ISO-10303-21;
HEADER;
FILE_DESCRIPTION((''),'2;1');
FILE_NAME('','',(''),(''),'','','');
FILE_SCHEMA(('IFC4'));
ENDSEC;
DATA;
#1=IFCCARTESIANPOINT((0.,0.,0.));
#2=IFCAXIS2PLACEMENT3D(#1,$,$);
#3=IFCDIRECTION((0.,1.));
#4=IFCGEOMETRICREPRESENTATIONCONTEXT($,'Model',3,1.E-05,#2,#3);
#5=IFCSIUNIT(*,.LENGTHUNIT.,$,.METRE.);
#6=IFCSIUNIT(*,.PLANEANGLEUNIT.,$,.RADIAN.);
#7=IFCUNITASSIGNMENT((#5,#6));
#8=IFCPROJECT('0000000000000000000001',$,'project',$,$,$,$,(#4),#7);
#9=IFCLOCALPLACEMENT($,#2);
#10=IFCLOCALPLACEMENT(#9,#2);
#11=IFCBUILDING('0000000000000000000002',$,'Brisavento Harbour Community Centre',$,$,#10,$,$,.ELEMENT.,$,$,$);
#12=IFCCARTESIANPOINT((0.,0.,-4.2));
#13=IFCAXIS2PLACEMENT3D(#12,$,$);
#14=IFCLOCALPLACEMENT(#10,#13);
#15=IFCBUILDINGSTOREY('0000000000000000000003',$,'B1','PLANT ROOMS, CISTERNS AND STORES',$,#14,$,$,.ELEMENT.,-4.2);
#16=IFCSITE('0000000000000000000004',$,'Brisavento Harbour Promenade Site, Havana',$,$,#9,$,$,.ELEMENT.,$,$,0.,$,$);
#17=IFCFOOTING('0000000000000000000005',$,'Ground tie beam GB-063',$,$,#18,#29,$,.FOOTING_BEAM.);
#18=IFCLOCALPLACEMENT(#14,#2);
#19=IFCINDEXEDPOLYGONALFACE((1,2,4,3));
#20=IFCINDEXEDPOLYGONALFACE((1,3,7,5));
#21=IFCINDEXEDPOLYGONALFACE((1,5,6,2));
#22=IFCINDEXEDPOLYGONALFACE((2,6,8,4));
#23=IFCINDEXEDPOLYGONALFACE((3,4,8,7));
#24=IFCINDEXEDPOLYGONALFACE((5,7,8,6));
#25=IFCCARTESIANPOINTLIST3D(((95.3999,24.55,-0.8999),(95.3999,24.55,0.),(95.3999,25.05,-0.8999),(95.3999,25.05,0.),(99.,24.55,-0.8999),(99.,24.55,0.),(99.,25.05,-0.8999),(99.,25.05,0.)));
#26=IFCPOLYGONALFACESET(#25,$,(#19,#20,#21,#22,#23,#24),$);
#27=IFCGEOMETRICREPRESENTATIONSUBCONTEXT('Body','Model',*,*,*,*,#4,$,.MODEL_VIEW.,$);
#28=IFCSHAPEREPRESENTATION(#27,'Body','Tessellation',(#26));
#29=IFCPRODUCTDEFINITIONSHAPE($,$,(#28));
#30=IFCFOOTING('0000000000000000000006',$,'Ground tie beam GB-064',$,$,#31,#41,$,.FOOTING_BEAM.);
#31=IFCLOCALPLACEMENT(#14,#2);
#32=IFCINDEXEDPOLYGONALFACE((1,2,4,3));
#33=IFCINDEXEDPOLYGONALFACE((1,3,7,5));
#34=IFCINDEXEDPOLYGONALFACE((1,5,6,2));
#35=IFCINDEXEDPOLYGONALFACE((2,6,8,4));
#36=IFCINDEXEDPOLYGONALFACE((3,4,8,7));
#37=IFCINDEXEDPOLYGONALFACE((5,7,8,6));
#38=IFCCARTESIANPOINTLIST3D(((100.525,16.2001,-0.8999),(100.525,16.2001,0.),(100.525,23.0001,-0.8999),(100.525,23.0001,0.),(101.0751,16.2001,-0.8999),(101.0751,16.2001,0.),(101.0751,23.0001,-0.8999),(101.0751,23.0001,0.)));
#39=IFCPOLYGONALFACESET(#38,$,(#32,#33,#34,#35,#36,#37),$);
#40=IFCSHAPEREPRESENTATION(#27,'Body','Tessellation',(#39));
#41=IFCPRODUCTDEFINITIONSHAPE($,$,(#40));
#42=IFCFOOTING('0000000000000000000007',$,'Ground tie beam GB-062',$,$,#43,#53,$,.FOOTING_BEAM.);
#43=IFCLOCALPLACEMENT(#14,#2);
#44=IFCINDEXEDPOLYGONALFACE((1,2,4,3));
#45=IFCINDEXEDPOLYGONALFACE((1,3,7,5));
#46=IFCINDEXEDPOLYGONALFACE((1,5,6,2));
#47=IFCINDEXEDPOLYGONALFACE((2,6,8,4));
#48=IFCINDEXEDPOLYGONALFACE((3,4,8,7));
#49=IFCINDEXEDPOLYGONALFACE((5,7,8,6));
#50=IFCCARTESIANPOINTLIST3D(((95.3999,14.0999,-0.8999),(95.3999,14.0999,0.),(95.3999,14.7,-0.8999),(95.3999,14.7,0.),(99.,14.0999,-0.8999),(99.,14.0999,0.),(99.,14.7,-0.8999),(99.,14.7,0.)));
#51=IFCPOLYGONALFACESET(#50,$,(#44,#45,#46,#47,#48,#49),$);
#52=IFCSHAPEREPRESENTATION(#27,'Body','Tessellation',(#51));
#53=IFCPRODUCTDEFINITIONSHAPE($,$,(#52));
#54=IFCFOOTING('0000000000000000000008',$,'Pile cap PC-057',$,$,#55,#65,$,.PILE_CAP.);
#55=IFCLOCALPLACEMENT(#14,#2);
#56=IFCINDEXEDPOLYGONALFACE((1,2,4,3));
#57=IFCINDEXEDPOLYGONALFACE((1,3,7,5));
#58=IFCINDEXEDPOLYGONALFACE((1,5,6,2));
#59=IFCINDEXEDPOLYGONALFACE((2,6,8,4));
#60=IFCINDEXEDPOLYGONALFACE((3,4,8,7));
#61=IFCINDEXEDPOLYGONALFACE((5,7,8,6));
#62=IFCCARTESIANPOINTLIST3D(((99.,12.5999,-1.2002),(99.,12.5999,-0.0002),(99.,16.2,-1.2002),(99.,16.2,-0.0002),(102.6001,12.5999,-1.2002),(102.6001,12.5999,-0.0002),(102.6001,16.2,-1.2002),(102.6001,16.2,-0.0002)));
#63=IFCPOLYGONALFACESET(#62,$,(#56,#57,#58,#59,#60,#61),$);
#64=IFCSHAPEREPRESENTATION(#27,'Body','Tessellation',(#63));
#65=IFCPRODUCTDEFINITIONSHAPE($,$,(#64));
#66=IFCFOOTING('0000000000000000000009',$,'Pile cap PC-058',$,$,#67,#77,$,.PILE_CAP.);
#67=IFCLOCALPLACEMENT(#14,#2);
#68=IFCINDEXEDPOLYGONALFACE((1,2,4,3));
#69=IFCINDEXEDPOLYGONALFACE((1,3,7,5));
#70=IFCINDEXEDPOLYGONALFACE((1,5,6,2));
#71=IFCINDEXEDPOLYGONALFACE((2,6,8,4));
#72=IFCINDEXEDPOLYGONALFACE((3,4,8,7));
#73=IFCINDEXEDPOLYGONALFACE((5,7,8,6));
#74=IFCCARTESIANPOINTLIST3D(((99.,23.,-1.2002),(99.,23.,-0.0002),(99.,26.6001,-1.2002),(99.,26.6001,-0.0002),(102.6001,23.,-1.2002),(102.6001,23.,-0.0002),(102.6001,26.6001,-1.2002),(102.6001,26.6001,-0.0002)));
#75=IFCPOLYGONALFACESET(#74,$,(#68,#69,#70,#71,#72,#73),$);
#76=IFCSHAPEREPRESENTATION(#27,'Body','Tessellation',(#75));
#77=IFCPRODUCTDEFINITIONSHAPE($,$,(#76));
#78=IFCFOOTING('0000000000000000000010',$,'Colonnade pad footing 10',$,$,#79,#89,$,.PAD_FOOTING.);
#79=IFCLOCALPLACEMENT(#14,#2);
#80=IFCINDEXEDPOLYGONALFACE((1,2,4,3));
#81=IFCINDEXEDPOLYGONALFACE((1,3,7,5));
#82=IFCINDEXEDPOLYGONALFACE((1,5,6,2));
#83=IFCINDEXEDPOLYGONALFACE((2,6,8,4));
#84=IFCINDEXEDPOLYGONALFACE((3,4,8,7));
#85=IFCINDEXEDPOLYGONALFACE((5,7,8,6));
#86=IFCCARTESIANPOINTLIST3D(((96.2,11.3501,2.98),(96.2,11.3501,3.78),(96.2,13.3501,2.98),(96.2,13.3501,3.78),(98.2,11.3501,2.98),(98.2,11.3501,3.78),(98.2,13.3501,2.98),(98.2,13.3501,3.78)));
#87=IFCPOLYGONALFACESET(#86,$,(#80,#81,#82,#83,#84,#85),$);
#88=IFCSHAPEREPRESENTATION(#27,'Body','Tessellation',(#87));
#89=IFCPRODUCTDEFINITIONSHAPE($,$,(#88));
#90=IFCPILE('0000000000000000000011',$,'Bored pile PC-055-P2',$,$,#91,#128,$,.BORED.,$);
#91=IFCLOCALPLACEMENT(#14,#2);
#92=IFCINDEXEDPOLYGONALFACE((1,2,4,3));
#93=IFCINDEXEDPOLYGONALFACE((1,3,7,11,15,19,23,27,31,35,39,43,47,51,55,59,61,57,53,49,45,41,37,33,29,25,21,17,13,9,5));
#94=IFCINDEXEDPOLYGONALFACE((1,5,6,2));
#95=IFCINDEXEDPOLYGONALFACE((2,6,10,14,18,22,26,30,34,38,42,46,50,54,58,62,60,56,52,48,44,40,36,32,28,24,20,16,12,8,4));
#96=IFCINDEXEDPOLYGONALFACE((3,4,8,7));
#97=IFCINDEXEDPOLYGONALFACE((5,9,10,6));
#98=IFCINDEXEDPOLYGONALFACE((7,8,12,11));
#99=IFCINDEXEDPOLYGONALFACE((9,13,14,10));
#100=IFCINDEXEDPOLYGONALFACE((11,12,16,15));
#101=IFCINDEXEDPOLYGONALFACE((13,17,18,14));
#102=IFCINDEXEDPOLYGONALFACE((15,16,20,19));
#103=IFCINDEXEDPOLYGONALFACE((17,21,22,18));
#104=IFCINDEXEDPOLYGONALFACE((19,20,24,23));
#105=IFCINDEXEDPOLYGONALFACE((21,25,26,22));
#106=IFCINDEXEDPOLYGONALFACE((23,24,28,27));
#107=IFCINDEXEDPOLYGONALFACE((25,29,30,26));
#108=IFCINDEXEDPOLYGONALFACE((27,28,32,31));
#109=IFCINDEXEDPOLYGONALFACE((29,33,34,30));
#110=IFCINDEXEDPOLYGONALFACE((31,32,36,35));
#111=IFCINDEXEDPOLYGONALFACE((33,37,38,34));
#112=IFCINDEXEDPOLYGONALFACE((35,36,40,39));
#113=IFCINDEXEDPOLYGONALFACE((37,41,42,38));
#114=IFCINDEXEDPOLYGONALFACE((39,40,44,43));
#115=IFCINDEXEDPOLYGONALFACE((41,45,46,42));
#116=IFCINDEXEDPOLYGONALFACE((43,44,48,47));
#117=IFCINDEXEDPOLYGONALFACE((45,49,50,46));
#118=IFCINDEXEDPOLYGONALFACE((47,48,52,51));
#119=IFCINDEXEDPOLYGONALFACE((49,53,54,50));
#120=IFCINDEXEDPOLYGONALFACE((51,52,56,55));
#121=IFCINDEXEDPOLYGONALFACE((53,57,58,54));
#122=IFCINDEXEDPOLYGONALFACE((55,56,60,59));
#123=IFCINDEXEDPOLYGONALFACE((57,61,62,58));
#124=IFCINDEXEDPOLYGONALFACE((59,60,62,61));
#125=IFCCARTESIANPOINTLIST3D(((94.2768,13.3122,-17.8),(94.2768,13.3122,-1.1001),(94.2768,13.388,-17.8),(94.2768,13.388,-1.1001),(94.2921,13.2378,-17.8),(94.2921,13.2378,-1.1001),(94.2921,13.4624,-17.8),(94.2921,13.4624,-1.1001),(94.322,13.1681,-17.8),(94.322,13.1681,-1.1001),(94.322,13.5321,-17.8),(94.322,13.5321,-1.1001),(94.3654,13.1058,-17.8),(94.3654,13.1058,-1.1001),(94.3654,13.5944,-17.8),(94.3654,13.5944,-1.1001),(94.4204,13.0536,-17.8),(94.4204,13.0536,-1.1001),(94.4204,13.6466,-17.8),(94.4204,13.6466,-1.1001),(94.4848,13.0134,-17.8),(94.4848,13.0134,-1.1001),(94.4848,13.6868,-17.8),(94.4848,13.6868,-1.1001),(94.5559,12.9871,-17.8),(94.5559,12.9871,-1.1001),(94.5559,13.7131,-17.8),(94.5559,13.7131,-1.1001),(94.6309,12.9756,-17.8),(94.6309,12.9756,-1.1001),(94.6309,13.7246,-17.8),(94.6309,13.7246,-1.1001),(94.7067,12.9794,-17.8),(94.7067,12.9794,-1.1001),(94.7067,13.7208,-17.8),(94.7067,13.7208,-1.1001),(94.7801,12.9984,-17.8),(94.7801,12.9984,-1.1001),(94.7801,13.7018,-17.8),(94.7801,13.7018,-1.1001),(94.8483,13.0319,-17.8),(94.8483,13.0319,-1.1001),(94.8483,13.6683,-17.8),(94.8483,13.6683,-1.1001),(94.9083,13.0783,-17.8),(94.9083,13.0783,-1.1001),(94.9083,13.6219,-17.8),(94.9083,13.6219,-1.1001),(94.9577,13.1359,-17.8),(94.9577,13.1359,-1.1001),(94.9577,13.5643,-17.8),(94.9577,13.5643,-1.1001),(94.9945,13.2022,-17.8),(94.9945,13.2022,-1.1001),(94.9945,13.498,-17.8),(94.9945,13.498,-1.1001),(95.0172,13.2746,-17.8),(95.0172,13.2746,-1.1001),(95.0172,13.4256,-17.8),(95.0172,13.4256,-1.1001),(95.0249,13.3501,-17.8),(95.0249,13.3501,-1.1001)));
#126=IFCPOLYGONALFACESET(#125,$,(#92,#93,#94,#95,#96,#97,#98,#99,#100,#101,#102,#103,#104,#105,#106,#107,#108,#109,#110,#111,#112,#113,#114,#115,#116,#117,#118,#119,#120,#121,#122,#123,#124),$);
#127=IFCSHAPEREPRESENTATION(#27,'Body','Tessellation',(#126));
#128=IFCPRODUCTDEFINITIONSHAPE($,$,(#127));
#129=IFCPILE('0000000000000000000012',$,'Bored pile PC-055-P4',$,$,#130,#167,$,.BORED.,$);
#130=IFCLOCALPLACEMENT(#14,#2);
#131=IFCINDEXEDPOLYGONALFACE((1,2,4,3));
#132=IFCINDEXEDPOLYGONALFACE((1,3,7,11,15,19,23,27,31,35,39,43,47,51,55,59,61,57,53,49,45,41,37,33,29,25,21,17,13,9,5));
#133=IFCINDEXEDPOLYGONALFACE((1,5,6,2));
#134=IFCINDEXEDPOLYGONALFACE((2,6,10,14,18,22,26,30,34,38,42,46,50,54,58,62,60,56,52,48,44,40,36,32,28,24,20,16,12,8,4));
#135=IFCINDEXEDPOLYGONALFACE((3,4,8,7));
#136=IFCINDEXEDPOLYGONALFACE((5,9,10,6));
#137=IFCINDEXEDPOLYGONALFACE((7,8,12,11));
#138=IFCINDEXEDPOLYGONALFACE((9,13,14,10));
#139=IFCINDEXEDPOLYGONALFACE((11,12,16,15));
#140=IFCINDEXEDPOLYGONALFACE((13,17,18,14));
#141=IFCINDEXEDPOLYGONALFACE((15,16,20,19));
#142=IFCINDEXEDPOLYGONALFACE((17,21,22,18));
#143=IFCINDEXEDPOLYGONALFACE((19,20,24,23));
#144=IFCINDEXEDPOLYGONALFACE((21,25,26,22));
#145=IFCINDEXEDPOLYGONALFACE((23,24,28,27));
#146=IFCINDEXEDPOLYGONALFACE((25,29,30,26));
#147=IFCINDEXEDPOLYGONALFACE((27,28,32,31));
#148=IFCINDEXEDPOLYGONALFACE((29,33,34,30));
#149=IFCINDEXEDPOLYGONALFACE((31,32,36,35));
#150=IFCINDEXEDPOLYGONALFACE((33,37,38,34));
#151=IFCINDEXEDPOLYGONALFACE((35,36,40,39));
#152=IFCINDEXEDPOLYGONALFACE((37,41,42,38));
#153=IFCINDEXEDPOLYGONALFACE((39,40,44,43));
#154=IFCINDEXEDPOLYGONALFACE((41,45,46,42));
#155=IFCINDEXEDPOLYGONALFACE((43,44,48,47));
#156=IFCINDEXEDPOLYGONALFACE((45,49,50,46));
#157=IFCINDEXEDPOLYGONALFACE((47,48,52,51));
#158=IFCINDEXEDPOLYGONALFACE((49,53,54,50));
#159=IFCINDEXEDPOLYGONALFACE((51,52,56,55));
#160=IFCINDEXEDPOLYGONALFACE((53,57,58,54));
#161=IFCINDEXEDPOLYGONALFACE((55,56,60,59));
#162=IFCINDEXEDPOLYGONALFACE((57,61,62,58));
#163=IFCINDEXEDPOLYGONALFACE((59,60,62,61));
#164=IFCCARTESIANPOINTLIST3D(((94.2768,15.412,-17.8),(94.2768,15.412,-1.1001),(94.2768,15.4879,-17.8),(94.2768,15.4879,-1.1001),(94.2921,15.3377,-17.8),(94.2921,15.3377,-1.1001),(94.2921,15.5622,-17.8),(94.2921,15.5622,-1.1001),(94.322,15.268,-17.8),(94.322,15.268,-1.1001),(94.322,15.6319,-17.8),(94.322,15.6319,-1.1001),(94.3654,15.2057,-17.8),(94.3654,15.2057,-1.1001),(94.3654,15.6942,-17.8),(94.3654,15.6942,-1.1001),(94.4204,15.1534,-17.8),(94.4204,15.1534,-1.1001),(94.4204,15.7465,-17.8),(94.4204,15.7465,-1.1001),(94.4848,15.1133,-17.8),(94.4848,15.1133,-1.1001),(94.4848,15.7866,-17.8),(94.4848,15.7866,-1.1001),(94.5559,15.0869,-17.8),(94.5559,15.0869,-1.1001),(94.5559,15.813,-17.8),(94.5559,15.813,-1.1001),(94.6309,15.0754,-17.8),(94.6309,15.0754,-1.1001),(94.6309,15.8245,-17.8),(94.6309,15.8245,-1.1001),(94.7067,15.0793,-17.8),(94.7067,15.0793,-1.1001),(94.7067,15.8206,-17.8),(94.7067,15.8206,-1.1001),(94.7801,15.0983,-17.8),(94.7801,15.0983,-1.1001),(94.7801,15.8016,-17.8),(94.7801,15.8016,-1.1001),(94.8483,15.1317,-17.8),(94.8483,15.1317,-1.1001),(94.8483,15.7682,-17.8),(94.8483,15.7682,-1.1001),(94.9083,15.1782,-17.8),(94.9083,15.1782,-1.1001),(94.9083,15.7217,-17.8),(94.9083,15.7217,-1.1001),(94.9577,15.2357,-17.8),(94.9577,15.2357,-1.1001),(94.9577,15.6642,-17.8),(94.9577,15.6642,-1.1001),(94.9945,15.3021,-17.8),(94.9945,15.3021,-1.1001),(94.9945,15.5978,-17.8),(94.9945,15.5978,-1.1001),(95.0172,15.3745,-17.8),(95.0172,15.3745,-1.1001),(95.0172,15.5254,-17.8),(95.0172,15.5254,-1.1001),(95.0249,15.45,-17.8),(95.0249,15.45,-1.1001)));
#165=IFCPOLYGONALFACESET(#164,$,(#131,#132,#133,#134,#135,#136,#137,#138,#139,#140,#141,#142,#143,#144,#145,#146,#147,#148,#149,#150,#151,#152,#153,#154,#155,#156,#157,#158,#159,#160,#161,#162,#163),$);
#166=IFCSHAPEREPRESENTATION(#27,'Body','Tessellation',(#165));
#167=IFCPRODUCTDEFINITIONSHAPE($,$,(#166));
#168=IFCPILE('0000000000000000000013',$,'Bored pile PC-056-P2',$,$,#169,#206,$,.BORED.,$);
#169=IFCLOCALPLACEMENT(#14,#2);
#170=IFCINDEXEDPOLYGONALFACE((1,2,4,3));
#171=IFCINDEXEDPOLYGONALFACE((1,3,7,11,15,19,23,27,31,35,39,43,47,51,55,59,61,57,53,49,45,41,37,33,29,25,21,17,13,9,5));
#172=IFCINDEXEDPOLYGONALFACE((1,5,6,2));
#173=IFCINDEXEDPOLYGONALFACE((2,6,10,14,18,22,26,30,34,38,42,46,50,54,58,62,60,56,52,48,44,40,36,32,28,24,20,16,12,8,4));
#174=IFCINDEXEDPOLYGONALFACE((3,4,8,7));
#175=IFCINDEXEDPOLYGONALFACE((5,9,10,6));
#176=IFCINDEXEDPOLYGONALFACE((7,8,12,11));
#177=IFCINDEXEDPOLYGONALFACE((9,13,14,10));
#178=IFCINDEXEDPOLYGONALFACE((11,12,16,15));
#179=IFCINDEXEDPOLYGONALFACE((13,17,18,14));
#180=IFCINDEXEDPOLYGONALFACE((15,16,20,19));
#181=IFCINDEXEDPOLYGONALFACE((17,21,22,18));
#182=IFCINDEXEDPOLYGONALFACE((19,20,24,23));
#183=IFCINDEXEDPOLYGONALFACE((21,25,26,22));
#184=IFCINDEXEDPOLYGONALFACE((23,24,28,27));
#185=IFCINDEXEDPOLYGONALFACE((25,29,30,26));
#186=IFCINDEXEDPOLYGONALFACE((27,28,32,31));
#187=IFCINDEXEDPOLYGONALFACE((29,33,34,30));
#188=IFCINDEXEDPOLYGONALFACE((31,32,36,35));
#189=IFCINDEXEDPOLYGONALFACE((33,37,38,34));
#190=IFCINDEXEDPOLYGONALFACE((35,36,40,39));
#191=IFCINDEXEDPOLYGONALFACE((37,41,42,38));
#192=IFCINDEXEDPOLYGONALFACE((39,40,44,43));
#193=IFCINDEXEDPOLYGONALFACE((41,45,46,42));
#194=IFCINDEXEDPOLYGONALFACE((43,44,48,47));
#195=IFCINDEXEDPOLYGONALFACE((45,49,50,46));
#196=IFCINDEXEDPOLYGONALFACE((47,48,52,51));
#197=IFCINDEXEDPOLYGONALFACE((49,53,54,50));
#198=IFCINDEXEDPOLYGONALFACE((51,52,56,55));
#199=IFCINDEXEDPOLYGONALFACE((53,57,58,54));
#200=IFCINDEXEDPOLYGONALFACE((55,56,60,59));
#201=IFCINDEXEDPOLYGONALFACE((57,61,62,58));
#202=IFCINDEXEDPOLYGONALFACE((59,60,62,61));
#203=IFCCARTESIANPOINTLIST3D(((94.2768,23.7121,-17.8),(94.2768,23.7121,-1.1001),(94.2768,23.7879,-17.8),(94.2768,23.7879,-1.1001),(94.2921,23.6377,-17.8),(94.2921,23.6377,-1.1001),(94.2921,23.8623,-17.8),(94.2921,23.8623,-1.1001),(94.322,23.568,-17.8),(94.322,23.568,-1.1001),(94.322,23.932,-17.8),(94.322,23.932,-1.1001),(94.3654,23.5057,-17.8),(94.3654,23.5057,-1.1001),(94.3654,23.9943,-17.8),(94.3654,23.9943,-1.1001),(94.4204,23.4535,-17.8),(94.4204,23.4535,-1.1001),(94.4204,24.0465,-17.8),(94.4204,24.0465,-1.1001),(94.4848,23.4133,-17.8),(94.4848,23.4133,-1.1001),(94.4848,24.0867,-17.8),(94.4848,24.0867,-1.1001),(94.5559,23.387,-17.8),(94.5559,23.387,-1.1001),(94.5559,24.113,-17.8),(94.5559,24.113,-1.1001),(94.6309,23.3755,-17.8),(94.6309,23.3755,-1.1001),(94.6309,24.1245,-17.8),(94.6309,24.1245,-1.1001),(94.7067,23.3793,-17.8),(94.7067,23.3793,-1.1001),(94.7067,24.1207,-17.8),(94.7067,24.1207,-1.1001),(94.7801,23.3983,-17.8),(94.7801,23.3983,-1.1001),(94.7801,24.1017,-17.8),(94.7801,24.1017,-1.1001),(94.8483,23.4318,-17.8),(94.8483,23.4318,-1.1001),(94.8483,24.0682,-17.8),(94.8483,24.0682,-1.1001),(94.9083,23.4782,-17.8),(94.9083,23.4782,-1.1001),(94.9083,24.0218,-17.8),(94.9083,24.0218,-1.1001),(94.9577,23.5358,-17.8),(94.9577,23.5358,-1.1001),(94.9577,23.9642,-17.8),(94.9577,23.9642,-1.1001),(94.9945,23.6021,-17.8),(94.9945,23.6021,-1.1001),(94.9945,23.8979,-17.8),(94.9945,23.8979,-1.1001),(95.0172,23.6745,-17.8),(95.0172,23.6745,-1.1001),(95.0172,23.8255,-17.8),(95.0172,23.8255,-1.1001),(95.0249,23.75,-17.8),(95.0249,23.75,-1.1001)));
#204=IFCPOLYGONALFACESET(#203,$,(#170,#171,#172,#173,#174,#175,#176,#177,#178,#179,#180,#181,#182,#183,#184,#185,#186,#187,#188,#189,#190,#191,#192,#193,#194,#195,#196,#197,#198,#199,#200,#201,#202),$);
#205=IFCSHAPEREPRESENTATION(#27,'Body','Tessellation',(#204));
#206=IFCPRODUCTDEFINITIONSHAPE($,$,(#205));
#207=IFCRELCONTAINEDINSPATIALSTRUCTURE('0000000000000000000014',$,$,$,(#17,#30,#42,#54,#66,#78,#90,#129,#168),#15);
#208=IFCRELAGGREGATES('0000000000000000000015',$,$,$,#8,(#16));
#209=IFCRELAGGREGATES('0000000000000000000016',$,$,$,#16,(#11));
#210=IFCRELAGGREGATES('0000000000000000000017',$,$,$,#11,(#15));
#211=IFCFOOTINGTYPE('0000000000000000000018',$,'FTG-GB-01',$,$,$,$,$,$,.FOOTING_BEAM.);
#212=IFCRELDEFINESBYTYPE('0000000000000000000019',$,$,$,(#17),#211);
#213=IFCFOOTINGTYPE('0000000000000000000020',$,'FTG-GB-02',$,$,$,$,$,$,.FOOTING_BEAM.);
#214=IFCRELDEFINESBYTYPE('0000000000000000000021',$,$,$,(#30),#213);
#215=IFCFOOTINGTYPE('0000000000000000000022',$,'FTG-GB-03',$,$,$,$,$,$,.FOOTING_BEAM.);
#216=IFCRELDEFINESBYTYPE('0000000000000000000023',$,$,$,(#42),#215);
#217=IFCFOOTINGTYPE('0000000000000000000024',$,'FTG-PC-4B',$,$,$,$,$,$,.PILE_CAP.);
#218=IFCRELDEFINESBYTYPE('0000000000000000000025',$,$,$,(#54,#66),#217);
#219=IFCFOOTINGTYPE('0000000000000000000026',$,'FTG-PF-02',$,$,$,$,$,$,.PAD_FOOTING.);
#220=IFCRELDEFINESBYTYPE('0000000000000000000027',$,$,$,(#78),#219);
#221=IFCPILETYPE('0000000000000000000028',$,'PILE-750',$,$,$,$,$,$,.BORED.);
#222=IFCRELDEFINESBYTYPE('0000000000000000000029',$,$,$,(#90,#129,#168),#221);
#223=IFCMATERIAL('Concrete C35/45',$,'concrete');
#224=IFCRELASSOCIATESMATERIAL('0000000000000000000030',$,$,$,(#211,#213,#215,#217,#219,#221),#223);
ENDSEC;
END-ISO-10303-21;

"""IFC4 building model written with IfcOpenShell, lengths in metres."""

from ifc_helpers import new_model, si_unit, direction, frame, origin, origin_2d, place, context, subcontext, project, spatial, rectangle, circle, extrude, material, material_profile, profile_set, type_object, element, save


model = new_model("IFC4")

# Units and contexts
model_context = context("Model", 3, precision=1e-05, world=origin(), true_north=direction((0.0, 1.0)))
body_context = subcontext(model_context, "Body", "Model", "MODEL_VIEW")
ifc_project = project(units=[si_unit("LENGTHUNIT", "METRE"), si_unit("PLANEANGLEUNIT", "RADIAN")], contexts=[model_context])

# Site, building, storey
site_placement = place(None, origin())
site = spatial("IfcSite", under=ifc_project, at=site_placement, Name="Brisavento Harbour Promenade Site, Havana", CompositionType="ELEMENT", RefElevation=0.0)
building_placement = place(site_placement, origin())
building = spatial("IfcBuilding", under=site, at=building_placement, Name="Brisavento Harbour Community Centre", CompositionType="ELEMENT")
storey_placement = place(building_placement, frame((0.0, 0.0, -4.2)))
storey = spatial("IfcBuildingStorey", under=building, at=storey_placement, Name="B1", Description="PLANT ROOMS, CISTERNS AND STORES", CompositionType="ELEMENT", Elevation=-4.2)

# Footings
ifc_material_1 = material(Name="Concrete C35/45", Category="concrete")
footing_type_1 = type_object("IfcFootingType", Name="FTG-GB-01", PredefinedType="FOOTING_BEAM", material=ifc_material_1)
footing_1_placement = place(storey_placement, frame((97.2, 24.8, -0.8999), z_axis=(0.0, 0.0, 1.0), x_axis=(1.0, 0.0, 0.0)))
element("IfcFooting", 1, at=footing_1_placement, inside=storey, type_object=footing_type_1, Name="Ground tie beam GB-063", PredefinedType="FOOTING_BEAM", context=body_context, shape_type="SweptSolid", body=[
    extrude(rectangle(XDim=3.6001, YDim=0.5, at=origin_2d()), origin(), (0.0, 0.0, 1.0), 0.8999),
])
footing_type_2 = type_object("IfcFootingType", Name="FTG-GB-02", PredefinedType="FOOTING_BEAM", material=ifc_material_1)
footing_2_placement = place(storey_placement, frame((100.8, 19.6001, -0.8999), z_axis=(0.0, 0.0, 1.0), x_axis=(1.0, 0.0, 0.0)))
element("IfcFooting", 2, at=footing_2_placement, inside=storey, type_object=footing_type_2, Name="Ground tie beam GB-064", PredefinedType="FOOTING_BEAM", context=body_context, shape_type="SweptSolid", body=[
    extrude(rectangle(XDim=0.55, YDim=6.8, at=origin_2d()), origin(), (0.0, 0.0, 1.0), 0.8999),
])
footing_type_3 = type_object("IfcFootingType", Name="FTG-GB-03", PredefinedType="FOOTING_BEAM", material=ifc_material_1)
footing_3_placement = place(storey_placement, frame((97.2, 14.3999, -0.8999), z_axis=(0.0, 0.0, 1.0), x_axis=(1.0, 0.0, 0.0)))
element("IfcFooting", 3, at=footing_3_placement, inside=storey, type_object=footing_type_3, Name="Ground tie beam GB-062", PredefinedType="FOOTING_BEAM", context=body_context, shape_type="SweptSolid", body=[
    extrude(rectangle(XDim=3.6001, YDim=0.6001, at=origin_2d()), origin(), (0.0, 0.0, 1.0), 0.8999),
])
footing_type_4 = type_object("IfcFootingType", Name="FTG-PC-4B", PredefinedType="PILE_CAP", material=ifc_material_1)
for number, where, z_axis, x_axis, name in (
    (4, (100.8, 14.3999, -1.2002), (0.0, 0.0, 1.0), (1.0, 0.0, 0.0), "Pile cap PC-057"),
    (5, (100.8, 24.8, -1.2002), (0.0, 0.0, 1.0), (1.0, 0.0, 0.0), "Pile cap PC-058"),
):
    element("IfcFooting", number, at=place(storey_placement, frame(where, z_axis=z_axis, x_axis=x_axis)), inside=storey, type_object=footing_type_4, Name=name, PredefinedType="PILE_CAP", context=body_context, shape_type="SweptSolid", body=[
        extrude(rectangle(XDim=3.6001, YDim=3.6001, at=origin_2d()), origin(), (0.0, 0.0, 1.0), 1.2),
    ])
footing_type_5 = type_object("IfcFootingType", Name="FTG-PF-02", PredefinedType="PAD_FOOTING", material=ifc_material_1)
footing_4_placement = place(storey_placement, frame((97.2, 12.3501, 2.98), z_axis=(0.0, 0.0, 1.0), x_axis=(1.0, 0.0, 0.0)))
element("IfcFooting", 6, at=footing_4_placement, inside=storey, type_object=footing_type_5, Name="Colonnade pad footing 10", PredefinedType="PAD_FOOTING", context=body_context, shape_type="SweptSolid", body=[
    extrude(rectangle(XDim=2.0, YDim=2.0, at=origin_2d()), origin(), (0.0, 0.0, 1.0), 0.8),
])

# Piles
ifc_material_profile_1 = material_profile(ifc_material_1, circle(Radius=0.375, at=origin_2d()), Name="Concrete C35/45")
ifc_profile_set_1 = profile_set([ifc_material_profile_1], Name="Concrete C35/45")
pile_type = type_object("IfcPileType", Name="PILE-750", PredefinedType="BORED", material=ifc_profile_set_1)
for number, where, z_axis, x_axis, name in (
    (7, (94.6499, 13.3501, -1.1001), (0.0, 0.0, -1.0), (1.0, 0.0, 0.0), "Bored pile PC-055-P2"),
    (8, (94.6499, 15.45, -1.1001), (0.0, 0.0, -1.0), (1.0, 0.0, 0.0), "Bored pile PC-055-P4"),
    (9, (94.6499, 23.75, -1.1001), (0.0, 0.0, -1.0), (1.0, 0.0, 0.0), "Bored pile PC-056-P2"),
):
    element("IfcPile", number, at=place(storey_placement, frame(where, z_axis=z_axis, x_axis=x_axis)), inside=storey, type_object=pile_type, Name=name, PredefinedType="BORED", context=body_context, shape_type="SweptSolid", body=[
        extrude(circle(Radius=0.375, at=origin_2d()), origin(), (0.0, 0.0, 1.0), 16.7),
    ])

save(model, "model.ifc")
